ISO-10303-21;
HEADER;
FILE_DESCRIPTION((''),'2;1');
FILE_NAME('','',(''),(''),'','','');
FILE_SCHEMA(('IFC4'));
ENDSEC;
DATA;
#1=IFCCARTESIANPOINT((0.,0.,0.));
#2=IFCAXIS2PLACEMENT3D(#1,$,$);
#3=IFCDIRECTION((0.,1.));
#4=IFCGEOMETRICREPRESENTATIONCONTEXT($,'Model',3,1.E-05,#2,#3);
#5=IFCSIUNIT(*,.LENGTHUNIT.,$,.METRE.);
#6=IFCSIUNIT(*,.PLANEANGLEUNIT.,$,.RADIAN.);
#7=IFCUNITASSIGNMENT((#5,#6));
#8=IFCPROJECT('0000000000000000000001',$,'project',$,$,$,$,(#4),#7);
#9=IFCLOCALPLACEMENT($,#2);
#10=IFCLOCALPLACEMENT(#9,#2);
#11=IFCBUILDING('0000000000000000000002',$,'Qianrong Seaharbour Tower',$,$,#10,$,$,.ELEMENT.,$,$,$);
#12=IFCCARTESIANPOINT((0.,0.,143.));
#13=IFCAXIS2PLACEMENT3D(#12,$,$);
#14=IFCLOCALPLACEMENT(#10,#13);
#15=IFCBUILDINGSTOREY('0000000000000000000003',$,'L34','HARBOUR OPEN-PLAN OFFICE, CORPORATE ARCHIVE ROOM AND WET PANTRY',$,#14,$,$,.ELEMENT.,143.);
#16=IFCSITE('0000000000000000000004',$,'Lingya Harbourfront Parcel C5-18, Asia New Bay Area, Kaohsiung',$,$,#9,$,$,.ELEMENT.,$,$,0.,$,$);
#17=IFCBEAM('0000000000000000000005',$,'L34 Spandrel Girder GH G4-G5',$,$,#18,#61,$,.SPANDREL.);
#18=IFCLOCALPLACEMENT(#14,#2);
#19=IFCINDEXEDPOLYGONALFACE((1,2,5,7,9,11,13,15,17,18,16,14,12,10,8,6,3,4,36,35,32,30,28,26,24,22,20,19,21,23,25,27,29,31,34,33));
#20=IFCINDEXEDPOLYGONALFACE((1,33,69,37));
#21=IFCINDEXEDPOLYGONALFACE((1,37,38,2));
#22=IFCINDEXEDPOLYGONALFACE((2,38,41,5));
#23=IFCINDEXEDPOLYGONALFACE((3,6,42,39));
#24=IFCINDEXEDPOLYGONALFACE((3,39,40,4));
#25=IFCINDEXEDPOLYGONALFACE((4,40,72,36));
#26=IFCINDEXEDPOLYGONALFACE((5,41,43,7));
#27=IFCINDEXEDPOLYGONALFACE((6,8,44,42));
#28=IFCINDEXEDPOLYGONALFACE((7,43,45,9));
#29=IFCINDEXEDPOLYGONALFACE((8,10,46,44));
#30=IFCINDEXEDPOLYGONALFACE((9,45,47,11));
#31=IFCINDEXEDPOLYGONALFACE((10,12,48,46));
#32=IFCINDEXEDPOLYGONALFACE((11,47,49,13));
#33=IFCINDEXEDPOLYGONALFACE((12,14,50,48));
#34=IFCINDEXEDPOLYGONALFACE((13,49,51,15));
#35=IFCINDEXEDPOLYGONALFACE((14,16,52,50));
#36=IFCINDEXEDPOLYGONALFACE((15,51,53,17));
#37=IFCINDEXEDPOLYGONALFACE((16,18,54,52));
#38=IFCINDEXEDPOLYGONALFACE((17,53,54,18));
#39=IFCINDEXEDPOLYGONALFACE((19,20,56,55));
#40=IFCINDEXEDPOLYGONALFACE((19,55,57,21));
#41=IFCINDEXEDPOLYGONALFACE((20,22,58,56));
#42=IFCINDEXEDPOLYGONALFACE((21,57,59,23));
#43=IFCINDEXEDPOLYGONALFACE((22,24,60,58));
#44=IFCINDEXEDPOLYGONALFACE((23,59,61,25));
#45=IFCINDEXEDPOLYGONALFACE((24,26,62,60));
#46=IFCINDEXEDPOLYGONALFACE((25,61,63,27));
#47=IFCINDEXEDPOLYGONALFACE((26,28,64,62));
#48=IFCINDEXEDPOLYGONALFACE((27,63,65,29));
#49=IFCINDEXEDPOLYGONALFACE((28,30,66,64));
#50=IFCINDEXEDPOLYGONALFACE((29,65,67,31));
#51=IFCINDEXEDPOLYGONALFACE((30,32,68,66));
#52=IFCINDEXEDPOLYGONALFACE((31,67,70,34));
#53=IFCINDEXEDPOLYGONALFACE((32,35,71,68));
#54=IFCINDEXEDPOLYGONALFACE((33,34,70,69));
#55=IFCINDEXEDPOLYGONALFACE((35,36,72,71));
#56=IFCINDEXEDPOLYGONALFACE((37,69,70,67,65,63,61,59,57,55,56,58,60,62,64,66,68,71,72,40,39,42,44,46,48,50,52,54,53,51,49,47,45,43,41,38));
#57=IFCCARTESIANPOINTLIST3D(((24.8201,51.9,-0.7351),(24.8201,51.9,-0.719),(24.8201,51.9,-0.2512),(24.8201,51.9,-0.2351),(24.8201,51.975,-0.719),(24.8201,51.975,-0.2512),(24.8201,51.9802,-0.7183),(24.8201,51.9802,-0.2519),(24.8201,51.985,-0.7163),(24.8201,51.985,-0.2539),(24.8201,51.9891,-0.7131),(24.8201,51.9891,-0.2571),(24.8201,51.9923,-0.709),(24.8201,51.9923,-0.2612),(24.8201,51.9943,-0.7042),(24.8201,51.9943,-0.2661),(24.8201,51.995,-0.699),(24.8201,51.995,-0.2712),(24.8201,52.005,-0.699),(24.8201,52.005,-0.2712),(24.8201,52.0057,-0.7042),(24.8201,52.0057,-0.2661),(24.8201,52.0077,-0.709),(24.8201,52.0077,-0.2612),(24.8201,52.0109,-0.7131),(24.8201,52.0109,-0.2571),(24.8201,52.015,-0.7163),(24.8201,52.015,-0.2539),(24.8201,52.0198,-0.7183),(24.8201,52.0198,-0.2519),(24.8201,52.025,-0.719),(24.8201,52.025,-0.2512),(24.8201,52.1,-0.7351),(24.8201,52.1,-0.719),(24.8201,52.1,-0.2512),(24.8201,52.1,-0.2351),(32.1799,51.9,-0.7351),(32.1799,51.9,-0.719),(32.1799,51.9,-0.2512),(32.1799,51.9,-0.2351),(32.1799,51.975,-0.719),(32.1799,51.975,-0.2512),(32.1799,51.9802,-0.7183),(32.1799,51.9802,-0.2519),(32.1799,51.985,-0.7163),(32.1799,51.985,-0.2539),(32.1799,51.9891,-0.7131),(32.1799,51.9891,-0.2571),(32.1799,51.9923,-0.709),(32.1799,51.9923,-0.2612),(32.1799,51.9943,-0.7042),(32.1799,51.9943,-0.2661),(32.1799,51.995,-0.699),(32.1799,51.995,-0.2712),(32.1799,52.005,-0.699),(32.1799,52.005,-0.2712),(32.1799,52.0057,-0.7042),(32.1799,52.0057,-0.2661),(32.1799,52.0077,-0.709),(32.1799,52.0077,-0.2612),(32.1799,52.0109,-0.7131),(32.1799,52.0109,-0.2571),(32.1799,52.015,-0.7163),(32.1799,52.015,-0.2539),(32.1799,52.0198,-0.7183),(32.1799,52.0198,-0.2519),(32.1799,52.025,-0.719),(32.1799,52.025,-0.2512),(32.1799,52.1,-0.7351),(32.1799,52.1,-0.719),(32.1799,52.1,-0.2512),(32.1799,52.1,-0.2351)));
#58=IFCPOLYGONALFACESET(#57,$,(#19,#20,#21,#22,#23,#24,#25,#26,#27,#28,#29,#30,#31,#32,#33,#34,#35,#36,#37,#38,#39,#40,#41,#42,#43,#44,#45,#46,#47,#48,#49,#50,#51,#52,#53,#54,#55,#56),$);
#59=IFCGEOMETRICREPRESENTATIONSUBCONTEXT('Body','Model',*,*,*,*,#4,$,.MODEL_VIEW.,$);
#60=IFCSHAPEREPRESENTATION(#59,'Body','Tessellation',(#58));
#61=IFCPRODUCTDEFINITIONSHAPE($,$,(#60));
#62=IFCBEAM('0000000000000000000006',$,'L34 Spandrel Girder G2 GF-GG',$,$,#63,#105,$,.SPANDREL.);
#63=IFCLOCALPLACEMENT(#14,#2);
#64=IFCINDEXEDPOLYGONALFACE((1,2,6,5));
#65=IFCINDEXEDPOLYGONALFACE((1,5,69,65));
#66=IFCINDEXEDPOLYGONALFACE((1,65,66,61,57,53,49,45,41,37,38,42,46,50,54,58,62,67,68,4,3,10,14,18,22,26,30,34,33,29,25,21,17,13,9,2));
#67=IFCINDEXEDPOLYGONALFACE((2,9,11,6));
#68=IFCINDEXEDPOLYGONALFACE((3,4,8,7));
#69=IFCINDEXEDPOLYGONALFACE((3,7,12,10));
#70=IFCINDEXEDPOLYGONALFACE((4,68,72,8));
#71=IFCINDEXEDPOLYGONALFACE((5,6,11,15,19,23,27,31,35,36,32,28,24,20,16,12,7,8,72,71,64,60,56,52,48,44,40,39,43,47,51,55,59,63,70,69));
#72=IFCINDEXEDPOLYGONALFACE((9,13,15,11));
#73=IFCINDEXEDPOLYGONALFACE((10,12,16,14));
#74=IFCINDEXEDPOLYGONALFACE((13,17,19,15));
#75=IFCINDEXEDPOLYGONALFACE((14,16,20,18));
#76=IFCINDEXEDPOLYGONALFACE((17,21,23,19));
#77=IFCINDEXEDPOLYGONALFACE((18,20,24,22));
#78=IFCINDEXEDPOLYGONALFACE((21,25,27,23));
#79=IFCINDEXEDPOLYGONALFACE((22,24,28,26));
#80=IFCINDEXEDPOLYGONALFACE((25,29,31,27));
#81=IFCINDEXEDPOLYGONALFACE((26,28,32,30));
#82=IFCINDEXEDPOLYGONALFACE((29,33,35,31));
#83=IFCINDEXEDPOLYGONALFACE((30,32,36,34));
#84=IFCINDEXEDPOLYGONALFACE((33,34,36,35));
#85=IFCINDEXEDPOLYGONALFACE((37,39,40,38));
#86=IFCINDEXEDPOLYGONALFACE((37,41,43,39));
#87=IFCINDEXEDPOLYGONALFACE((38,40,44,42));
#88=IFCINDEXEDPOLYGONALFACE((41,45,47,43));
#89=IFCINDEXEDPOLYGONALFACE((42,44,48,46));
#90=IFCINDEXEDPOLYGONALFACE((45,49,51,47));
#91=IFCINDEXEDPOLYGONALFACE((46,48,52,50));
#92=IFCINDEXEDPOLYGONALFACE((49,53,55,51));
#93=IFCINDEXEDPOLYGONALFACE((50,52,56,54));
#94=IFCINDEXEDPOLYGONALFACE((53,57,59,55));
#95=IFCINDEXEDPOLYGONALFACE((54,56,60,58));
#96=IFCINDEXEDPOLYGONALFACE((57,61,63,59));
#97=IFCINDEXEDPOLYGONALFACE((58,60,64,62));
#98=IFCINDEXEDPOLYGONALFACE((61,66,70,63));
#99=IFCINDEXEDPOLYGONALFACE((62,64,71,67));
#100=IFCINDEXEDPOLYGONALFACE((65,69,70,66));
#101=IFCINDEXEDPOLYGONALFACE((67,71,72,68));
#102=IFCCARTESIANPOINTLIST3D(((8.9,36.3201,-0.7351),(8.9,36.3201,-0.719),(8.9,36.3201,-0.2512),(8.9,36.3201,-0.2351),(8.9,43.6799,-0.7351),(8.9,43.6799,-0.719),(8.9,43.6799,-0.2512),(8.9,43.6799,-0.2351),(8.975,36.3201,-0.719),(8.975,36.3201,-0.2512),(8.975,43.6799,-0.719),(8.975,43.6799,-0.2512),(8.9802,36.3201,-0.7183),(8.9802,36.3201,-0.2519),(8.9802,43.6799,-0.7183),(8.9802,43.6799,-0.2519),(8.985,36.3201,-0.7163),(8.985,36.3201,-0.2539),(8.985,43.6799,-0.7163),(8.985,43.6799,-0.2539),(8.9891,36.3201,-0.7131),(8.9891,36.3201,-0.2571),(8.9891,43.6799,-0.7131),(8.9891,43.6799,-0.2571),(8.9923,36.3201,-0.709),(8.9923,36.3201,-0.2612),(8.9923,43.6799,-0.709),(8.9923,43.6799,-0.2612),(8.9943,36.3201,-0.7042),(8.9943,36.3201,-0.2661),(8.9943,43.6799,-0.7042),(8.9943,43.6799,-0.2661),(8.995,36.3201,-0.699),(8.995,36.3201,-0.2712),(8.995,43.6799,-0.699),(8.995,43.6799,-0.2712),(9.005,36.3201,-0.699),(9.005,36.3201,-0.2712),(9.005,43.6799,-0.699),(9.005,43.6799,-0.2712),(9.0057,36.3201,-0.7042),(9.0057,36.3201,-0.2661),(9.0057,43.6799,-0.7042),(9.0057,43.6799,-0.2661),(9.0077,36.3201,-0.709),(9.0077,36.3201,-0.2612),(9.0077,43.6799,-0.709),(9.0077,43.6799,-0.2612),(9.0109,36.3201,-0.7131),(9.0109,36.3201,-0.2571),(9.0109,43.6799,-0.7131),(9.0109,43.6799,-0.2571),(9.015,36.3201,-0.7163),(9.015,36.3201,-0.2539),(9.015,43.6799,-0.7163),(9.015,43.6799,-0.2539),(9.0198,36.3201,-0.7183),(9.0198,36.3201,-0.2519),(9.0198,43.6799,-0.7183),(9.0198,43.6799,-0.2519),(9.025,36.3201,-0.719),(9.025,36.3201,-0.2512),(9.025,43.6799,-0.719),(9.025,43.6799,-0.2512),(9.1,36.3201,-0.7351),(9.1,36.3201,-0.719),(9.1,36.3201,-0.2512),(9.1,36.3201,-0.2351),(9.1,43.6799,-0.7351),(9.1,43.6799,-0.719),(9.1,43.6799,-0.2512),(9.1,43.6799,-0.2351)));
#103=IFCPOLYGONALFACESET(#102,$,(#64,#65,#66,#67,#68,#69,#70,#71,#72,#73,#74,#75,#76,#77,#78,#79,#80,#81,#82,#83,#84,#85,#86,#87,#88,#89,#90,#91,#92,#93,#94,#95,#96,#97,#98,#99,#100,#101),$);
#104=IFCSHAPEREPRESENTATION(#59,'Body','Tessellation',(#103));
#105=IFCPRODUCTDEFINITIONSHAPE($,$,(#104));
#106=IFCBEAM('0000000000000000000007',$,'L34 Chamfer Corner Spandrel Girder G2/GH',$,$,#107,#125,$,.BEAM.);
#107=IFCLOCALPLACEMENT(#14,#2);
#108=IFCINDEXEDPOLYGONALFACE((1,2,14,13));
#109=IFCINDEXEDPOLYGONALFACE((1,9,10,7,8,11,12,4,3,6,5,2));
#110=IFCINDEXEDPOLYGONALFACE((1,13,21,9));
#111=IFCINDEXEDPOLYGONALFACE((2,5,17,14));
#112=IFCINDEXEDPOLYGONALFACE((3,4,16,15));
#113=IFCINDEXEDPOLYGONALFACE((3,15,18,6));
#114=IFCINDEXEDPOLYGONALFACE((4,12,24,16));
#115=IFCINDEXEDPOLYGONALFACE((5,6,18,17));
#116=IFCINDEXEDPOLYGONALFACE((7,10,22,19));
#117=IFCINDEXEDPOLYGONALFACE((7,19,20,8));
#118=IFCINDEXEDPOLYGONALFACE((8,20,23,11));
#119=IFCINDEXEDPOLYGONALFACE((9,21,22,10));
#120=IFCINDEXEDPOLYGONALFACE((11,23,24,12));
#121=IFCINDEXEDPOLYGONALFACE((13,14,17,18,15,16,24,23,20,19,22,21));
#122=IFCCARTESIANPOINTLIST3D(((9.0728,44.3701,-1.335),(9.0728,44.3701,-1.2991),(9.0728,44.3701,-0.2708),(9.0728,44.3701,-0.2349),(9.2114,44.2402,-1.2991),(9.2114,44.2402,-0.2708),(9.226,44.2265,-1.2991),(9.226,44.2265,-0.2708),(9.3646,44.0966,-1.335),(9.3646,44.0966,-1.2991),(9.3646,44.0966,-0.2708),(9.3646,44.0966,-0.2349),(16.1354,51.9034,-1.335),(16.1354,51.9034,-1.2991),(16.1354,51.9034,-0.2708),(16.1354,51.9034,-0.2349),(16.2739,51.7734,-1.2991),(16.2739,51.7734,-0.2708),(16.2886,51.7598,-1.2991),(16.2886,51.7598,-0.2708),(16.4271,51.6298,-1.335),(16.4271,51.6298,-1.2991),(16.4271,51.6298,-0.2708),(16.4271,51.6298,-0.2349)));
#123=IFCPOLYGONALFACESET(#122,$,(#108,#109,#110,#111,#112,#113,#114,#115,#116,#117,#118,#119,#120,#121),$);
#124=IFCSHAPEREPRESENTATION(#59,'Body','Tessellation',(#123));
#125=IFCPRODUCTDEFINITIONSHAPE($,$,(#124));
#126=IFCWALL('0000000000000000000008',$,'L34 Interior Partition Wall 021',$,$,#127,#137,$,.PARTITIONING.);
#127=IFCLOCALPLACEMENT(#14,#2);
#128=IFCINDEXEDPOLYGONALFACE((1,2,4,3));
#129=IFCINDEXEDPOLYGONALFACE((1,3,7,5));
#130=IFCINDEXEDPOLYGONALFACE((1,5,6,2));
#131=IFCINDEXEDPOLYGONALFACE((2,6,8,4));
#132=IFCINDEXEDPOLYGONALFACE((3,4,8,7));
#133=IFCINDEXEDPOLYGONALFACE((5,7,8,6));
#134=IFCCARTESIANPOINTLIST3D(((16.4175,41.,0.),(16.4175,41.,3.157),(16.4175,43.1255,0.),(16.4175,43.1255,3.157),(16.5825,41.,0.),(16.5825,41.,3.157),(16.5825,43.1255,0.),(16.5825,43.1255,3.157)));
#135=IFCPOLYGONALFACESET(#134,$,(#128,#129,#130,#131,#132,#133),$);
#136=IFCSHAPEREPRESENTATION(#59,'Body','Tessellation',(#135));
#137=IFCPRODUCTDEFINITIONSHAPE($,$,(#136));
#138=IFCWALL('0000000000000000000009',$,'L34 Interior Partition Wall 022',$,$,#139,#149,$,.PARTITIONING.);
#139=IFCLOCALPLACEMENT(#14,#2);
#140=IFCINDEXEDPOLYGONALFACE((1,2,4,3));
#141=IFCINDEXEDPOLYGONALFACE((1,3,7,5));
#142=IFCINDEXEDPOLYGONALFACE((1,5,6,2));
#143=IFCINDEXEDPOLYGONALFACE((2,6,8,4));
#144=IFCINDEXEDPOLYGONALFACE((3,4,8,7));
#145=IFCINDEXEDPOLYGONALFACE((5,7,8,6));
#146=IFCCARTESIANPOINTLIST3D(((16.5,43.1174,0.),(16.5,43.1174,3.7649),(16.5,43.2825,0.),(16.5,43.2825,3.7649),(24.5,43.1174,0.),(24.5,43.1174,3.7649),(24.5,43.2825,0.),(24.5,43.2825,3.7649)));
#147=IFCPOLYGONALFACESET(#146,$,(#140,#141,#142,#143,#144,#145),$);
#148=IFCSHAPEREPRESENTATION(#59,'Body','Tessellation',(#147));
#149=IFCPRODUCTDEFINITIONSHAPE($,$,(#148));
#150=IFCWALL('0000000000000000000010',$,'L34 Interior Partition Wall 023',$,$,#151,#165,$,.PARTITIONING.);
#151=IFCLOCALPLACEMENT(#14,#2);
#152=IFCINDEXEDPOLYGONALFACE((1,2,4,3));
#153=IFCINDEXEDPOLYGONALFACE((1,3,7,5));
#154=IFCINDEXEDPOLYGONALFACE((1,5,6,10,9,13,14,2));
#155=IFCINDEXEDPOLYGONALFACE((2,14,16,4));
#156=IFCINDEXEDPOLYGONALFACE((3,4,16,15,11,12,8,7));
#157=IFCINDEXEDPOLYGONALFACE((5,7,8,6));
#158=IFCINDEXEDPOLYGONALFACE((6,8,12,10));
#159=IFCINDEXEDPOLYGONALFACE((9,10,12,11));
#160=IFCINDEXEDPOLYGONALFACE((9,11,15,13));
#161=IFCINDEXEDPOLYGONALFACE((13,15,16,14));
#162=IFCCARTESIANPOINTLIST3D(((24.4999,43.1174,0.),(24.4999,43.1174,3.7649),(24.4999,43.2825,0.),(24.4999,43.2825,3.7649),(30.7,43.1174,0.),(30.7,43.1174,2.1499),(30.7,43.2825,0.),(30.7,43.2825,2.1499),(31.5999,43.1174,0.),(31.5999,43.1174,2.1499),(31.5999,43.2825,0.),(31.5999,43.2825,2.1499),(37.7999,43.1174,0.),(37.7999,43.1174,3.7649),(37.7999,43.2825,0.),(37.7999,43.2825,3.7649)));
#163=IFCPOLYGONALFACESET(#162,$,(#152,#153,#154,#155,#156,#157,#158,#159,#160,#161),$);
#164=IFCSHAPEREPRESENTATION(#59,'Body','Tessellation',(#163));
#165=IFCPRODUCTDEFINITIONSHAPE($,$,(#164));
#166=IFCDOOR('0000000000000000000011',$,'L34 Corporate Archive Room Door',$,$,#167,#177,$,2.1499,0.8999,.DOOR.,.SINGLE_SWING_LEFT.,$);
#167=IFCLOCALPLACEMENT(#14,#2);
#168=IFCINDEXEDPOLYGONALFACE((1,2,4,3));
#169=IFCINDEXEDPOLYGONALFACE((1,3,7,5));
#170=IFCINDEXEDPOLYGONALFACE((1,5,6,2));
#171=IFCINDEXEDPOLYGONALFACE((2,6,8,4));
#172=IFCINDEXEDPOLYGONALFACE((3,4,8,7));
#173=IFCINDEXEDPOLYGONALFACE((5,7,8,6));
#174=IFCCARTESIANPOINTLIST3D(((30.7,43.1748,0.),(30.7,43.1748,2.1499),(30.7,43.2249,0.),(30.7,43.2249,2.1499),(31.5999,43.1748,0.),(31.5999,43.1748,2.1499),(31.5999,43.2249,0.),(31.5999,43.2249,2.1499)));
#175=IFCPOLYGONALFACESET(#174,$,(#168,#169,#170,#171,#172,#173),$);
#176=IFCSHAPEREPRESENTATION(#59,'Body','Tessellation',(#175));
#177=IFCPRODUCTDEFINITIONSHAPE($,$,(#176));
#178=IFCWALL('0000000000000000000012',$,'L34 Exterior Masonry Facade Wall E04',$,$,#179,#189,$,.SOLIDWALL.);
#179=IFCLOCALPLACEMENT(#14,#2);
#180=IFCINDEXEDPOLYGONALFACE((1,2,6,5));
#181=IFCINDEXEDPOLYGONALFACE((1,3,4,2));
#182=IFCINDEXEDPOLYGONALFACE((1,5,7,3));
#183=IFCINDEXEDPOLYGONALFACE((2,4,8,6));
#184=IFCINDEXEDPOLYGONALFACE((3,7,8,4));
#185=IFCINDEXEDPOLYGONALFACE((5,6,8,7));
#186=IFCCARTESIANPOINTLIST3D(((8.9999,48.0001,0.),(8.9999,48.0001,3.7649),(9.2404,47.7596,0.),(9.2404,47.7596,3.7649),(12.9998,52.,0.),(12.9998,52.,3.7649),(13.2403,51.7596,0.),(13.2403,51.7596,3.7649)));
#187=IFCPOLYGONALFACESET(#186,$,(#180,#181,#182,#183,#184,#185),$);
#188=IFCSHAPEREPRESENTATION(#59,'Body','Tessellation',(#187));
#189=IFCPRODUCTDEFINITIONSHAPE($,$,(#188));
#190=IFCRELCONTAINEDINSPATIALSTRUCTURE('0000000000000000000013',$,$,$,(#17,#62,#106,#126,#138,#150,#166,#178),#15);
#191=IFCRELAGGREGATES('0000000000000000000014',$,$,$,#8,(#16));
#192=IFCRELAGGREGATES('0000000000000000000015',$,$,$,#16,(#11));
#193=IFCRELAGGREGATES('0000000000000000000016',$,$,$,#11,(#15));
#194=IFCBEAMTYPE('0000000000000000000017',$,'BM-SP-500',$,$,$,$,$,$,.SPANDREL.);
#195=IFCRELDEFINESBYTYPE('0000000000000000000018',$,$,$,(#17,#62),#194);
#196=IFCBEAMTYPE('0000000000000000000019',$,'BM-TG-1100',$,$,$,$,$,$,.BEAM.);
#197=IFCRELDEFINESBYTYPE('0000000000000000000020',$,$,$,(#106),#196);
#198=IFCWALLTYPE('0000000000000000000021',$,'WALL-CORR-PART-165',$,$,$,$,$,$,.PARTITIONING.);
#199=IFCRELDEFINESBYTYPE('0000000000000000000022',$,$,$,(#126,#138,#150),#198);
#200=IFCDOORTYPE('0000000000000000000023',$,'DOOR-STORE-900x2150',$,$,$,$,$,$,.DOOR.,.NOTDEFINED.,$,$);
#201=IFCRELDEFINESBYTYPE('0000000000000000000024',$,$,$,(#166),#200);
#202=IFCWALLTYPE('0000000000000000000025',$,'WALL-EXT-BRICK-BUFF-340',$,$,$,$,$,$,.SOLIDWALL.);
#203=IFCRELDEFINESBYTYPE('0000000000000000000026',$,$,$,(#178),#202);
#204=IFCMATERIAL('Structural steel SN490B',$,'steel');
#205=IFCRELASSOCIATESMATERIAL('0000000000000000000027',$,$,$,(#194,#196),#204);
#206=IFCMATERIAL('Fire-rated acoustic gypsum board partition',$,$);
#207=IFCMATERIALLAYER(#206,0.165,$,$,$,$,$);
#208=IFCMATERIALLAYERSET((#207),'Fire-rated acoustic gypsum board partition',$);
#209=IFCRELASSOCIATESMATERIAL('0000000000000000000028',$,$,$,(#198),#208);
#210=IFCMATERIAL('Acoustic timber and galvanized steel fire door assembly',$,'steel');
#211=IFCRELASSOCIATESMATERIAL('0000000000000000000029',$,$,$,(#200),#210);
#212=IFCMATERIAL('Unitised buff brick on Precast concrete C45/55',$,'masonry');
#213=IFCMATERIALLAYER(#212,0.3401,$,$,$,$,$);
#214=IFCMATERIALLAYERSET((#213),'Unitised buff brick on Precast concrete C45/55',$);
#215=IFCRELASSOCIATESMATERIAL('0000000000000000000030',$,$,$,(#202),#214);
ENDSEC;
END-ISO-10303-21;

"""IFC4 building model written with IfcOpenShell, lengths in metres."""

from ifc_helpers import new_model, si_unit, direction, frame, frame_2d, origin, origin_2d, place, context, subcontext, project, spatial, rectangle, i_section, extrude, material, layer, layer_set, material_profile, profile_set, type_object, element, fill, save


model = new_model("IFC4")

# Units and contexts
model_context = context("Model", 3, precision=1e-05, world=origin(), true_north=direction((0.0, 1.0)))
body_context = subcontext(model_context, "Body", "Model", "MODEL_VIEW")
ifc_project = project(units=[si_unit("LENGTHUNIT", "METRE"), si_unit("PLANEANGLEUNIT", "RADIAN")], contexts=[model_context])

# Site, building, storey
site_placement = place(None, origin())
site = spatial("IfcSite", under=ifc_project, at=site_placement, Name="Lingya Harbourfront Parcel C5-18, Asia New Bay Area, Kaohsiung", CompositionType="ELEMENT", RefElevation=0.0)
building_placement = place(site_placement, origin())
building = spatial("IfcBuilding", under=site, at=building_placement, Name="Qianrong Seaharbour Tower", CompositionType="ELEMENT")
storey_placement = place(building_placement, frame((0.0, 0.0, 143.0)))
storey = spatial("IfcBuildingStorey", under=building, at=storey_placement, Name="L34", Description="HARBOUR OPEN-PLAN OFFICE, CORPORATE ARCHIVE ROOM AND WET PANTRY", CompositionType="ELEMENT", Elevation=143.0)

# Shared definitions
ifc_material_1 = material(Name="Structural steel SN490B", Category="steel")

# Beams
ifc_material_profile_1 = material_profile(ifc_material_1, i_section(OverallWidth=0.2, OverallDepth=0.5, WebThickness=0.01, FlangeThickness=0.0161, FilletRadius=0.02, at=origin_2d()), Name="H500x200x10x16")
ifc_profile_set_1 = profile_set([ifc_material_profile_1], Name="Structural steel SN490B")
beam_type_1 = type_object("IfcBeamType", Name="BM-SP-500", PredefinedType="SPANDREL", material=ifc_profile_set_1)
for number, where, z_axis, x_axis, name in (
    (1, (24.8201, 52.0, -0.4851), (1.0, 0.0, 0.0), (0.0, 1.0, 0.0), "L34 Spandrel Girder GH G4-G5"),
    (2, (9.0, 36.3201, -0.4851), (0.0, 1.0, 0.0), (-1.0, 0.0, 0.0), "L34 Spandrel Girder G2 GF-GG"),
):
    element("IfcBeam", number, at=place(storey_placement, frame(where, z_axis=z_axis, x_axis=x_axis)), inside=storey, type_object=beam_type_1, Name=name, PredefinedType="SPANDREL", context=body_context, shape_type="SweptSolid", body=[
        extrude(i_section(OverallWidth=0.2, OverallDepth=0.5, WebThickness=0.01, FlangeThickness=0.0161, FilletRadius=0.02, at=origin_2d()), origin(), (0.0, 0.0, 1.0), 7.3599),
    ])
ifc_material_profile_2 = material_profile(ifc_material_1, i_section(OverallWidth=0.3999, OverallDepth=1.1001, WebThickness=0.02, FlangeThickness=0.0359, at=origin_2d()), Name="BH1100x400x20x36")
ifc_profile_set_2 = profile_set([ifc_material_profile_2], Name="Structural steel SN490B")
beam_type_2 = type_object("IfcBeamType", Name="BM-TG-1100", PredefinedType="BEAM", material=ifc_profile_set_2)
beam_1_placement = place(storey_placement, frame((16.2812, 51.7666, -0.7849), z_axis=(-0.683947, -0.729531, 0.0), x_axis=(0.729531, -0.683947, 0.0)))
element("IfcBeam", 3, at=beam_1_placement, inside=storey, type_object=beam_type_2, Name="L34 Chamfer Corner Spandrel Girder G2/GH", PredefinedType="BEAM", context=body_context, shape_type="SweptSolid", body=[
    extrude(i_section(OverallWidth=0.3999, OverallDepth=1.1001, WebThickness=0.02, FlangeThickness=0.0359, at=origin_2d()), origin(), (0.0, 0.0, 1.0), 10.3262),
])

# Walls
ifc_material_2 = material(Name="Fire-rated acoustic gypsum board partition")
ifc_layer_1 = layer(ifc_material_2, 0.165)
ifc_layer_set_1 = layer_set([ifc_layer_1], Name="Fire-rated acoustic gypsum board partition")
wall_type_1 = type_object("IfcWallType", Name="WALL-CORR-PART-165", PredefinedType="PARTITIONING", material=ifc_layer_set_1)
wall_1_placement = place(storey_placement, frame((16.5, 41.0, 0.0), z_axis=(0.0, 0.0, 1.0), x_axis=(0.0, 1.0, 0.0)))
element("IfcWall", 4, at=wall_1_placement, inside=storey, type_object=wall_type_1, Name="L34 Interior Partition Wall 021", PredefinedType="PARTITIONING", context=body_context, shape_type="SweptSolid", body=[
    extrude(rectangle(XDim=2.1255, YDim=0.165, at=frame_2d((1.0627, 0.0))), origin(), (0.0, 0.0, 1.0), 3.157),
])
wall_2_placement = place(storey_placement, frame((16.5, 43.2, 0.0), z_axis=(0.0, 0.0, 1.0), x_axis=(1.0, 0.0, 0.0)))
element("IfcWall", 5, at=wall_2_placement, inside=storey, type_object=wall_type_1, Name="L34 Interior Partition Wall 022", PredefinedType="PARTITIONING", context=body_context, shape_type="SweptSolid", body=[
    extrude(rectangle(XDim=8.0, YDim=0.165, at=frame_2d((4.0, 0.0))), origin(), (0.0, 0.0, 1.0), 3.7649),
])

# Wall, opening, door
wall_3_placement = place(storey_placement, frame((24.5, 43.2, 0.0), z_axis=(0.0, 0.0, 1.0), x_axis=(1.0, 0.0, 0.0)))
wall_3 = element("IfcWall", 6, at=wall_3_placement, inside=storey, type_object=wall_type_1, Name="L34 Interior Partition Wall 023", PredefinedType="PARTITIONING", context=body_context, shape_type="SweptSolid", body=[
    extrude(rectangle(XDim=13.3, YDim=0.165, at=frame_2d((6.6499, 0.0))), origin(), (0.0, 0.0, 1.0), 3.7649),
])
opening_1_placement = place(wall_3_placement, frame((6.2, 0.0, 0.0)))
opening_1 = element("IfcOpeningElement", 7, at=opening_1_placement, cuts=wall_3, PredefinedType="OPENING", context=body_context, shape_type="SweptSolid", body=[
    extrude(rectangle(XDim=0.8999, YDim=2.1499, at=frame_2d((0.45, 1.075))), frame((0.0, 0.0925, 0.0), z_axis=(0.0, -1.0, 0.0), x_axis=(1.0, 0.0, 0.0)), (0.0, 0.0, 1.0), 0.1851),
])
ifc_material_3 = material(Name="Acoustic timber and galvanized steel fire door assembly", Category="steel")
door_type = type_object("IfcDoorType", Name="DOOR-STORE-900x2150", OperationType="NOTDEFINED", PredefinedType="DOOR", material=ifc_material_3)
door_placement = place(opening_1_placement, origin())
door = element("IfcDoor", 8, at=door_placement, inside=storey, type_object=door_type, Name="L34 Corporate Archive Room Door", OperationType="SINGLE_SWING_LEFT", OverallHeight=2.1499, OverallWidth=0.8999, PredefinedType="DOOR", context=body_context, shape_type="SweptSolid", body=[
    extrude(rectangle(XDim=0.8999, YDim=2.1499, at=frame_2d((0.45, 1.075))), frame((0.0, 0.0249, 0.0), z_axis=(0.0, -1.0, 0.0), x_axis=(1.0, 0.0, 0.0)), (0.0, 0.0, 1.0), 0.05),
])
fill(opening_1, door)

# Wall
ifc_material_4 = material(Name="Unitised buff brick on Precast concrete C45/55", Category="masonry")
ifc_layer_2 = layer(ifc_material_4, 0.3401)
ifc_layer_set_2 = layer_set([ifc_layer_2], Name="Unitised buff brick on Precast concrete C45/55")
wall_type_2 = type_object("IfcWallType", Name="WALL-EXT-BRICK-BUFF-340", PredefinedType="SOLIDWALL", material=ifc_layer_set_2)
wall_4_placement = place(storey_placement, frame((9.1201, 47.8799, 0.0), z_axis=(0.0, 0.0, 1.0), x_axis=(0.707107, 0.707107, 0.0)))
element("IfcWall", 9, at=wall_4_placement, inside=storey, type_object=wall_type_2, Name="L34 Exterior Masonry Facade Wall E04", PredefinedType="SOLIDWALL", context=body_context, shape_type="SweptSolid", body=[
    extrude(rectangle(XDim=5.6567, YDim=0.3401, at=frame_2d((2.8284, 0.0))), origin(), (0.0, 0.0, 1.0), 3.7649),
])

save(model, "model.ifc")
